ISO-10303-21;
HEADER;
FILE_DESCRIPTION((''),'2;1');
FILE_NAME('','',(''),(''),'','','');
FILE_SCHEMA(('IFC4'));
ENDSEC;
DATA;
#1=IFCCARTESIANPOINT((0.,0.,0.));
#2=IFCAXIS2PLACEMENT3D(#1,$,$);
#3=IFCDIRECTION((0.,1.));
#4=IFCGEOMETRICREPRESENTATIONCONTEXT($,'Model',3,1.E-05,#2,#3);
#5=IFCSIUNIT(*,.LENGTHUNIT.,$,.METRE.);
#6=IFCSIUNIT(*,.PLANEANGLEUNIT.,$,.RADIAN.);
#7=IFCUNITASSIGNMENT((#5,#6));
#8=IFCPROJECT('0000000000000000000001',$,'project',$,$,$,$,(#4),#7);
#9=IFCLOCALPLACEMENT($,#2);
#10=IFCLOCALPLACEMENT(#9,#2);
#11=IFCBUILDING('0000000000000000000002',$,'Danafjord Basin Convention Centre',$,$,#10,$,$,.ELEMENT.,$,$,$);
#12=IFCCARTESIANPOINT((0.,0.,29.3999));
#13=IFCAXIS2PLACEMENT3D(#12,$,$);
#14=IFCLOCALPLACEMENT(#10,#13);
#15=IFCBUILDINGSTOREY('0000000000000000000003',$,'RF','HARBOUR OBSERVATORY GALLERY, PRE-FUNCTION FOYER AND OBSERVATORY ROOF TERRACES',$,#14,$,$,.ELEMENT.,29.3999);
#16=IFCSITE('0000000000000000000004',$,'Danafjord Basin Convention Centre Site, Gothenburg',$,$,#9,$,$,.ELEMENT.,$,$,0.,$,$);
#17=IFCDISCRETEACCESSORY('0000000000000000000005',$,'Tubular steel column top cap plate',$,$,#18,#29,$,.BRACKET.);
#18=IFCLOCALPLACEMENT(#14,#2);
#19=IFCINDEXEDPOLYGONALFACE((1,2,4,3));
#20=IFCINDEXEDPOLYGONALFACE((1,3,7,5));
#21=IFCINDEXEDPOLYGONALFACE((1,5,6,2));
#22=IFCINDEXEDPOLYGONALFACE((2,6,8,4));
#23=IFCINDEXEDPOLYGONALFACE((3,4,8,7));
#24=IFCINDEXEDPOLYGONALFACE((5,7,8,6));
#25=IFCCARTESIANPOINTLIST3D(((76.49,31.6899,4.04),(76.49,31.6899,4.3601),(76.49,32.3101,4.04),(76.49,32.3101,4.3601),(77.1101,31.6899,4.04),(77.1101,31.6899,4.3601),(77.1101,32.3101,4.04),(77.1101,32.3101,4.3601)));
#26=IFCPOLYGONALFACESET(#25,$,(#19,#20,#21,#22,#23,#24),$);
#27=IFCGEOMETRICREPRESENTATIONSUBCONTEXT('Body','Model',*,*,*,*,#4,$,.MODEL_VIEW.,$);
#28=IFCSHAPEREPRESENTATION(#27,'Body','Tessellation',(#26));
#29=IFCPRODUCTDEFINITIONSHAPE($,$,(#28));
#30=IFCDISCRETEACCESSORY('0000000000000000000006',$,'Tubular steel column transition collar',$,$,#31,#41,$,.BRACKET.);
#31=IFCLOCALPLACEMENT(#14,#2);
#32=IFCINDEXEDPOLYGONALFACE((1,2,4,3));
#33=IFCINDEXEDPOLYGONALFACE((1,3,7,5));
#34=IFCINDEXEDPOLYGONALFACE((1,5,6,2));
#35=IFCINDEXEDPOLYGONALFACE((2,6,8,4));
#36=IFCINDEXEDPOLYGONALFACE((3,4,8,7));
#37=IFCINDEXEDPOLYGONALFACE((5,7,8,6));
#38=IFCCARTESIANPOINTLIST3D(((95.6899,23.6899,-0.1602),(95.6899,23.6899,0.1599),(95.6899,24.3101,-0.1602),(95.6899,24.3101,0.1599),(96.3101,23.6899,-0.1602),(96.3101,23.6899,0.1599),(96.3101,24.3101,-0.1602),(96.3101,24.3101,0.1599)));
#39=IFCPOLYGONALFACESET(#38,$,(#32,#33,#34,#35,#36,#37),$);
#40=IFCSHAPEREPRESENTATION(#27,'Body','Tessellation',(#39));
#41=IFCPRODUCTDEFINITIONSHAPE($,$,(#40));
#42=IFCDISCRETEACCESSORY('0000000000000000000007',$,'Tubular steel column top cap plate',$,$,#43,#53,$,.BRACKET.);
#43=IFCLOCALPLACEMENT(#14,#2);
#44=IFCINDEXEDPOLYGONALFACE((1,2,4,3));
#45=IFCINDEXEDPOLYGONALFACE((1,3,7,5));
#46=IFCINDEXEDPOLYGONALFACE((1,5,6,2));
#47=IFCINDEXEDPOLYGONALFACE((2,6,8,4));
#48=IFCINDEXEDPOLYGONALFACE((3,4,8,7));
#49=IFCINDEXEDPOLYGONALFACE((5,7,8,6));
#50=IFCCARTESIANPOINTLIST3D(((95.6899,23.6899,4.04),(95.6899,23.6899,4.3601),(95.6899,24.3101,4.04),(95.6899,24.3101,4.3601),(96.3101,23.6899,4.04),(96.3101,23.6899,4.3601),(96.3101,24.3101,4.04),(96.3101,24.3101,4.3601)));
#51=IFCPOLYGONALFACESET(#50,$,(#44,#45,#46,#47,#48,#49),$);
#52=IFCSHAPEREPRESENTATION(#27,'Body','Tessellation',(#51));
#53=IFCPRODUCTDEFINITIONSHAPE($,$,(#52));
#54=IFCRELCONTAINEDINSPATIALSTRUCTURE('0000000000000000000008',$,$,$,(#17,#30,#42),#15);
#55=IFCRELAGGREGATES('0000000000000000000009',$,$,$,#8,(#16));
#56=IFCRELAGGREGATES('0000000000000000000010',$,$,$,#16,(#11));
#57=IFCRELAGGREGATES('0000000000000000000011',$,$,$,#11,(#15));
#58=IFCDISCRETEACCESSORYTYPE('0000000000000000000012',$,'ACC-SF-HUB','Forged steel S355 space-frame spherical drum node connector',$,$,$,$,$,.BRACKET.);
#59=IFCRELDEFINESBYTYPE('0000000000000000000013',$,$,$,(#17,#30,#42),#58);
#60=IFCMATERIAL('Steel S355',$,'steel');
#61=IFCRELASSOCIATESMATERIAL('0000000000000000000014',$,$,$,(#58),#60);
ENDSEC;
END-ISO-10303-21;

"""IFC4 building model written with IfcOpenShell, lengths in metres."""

from ifc_helpers import new_model, si_unit, direction, frame, origin, origin_2d, place, context, subcontext, project, spatial, rectangle, extrude, material, type_object, element, save


model = new_model("IFC4")

# Units and contexts
model_context = context("Model", 3, precision=1e-05, world=origin(), true_north=direction((0.0, 1.0)))
body_context = subcontext(model_context, "Body", "Model", "MODEL_VIEW")
ifc_project = project(units=[si_unit("LENGTHUNIT", "METRE"), si_unit("PLANEANGLEUNIT", "RADIAN")], contexts=[model_context])

# Site, building, storey
site_placement = place(None, origin())
site = spatial("IfcSite", under=ifc_project, at=site_placement, Name="Danafjord Basin Convention Centre Site, Gothenburg", CompositionType="ELEMENT", RefElevation=0.0)
building_placement = place(site_placement, origin())
building = spatial("IfcBuilding", under=site, at=building_placement, Name="Danafjord Basin Convention Centre", CompositionType="ELEMENT")
storey_placement = place(building_placement, frame((0.0, 0.0, 29.3999)))
storey = spatial("IfcBuildingStorey", under=building, at=storey_placement, Name="RF", Description="HARBOUR OBSERVATORY GALLERY, PRE-FUNCTION FOYER AND OBSERVATORY ROOF TERRACES", CompositionType="ELEMENT", Elevation=29.3999)

# Shared definitions
ifc_material_1 = material(Name="Steel S355", Category="steel")

# Discrete accessories
discrete_accessory_type = type_object("IfcDiscreteAccessoryType", Name="ACC-SF-HUB", Description="Forged steel S355 space-frame spherical drum node connector", PredefinedType="BRACKET", material=ifc_material_1)
for number, where, z_axis, x_axis, name in (
    (1, (76.8, 32.0, 4.04), (0.0, 0.0, 1.0), (1.0, 0.0, 0.0), "Tubular steel column top cap plate"),
    (2, (96.0, 24.0, -0.1602), (0.0, 0.0, 1.0), (1.0, 0.0, 0.0), "Tubular steel column transition collar"),
    (3, (96.0, 24.0, 4.04), (0.0, 0.0, 1.0), (1.0, 0.0, 0.0), "Tubular steel column top cap plate"),
):
    element("IfcDiscreteAccessory", number, at=place(storey_placement, frame(where, z_axis=z_axis, x_axis=x_axis)), inside=storey, type_object=discrete_accessory_type, Name=name, PredefinedType="BRACKET", context=body_context, shape_type="SweptSolid", body=[
        extrude(rectangle(XDim=0.6201, YDim=0.6201, at=origin_2d()), origin(), (0.0, 0.0, 1.0), 0.3201),
    ])

save(model, "model.ifc")
